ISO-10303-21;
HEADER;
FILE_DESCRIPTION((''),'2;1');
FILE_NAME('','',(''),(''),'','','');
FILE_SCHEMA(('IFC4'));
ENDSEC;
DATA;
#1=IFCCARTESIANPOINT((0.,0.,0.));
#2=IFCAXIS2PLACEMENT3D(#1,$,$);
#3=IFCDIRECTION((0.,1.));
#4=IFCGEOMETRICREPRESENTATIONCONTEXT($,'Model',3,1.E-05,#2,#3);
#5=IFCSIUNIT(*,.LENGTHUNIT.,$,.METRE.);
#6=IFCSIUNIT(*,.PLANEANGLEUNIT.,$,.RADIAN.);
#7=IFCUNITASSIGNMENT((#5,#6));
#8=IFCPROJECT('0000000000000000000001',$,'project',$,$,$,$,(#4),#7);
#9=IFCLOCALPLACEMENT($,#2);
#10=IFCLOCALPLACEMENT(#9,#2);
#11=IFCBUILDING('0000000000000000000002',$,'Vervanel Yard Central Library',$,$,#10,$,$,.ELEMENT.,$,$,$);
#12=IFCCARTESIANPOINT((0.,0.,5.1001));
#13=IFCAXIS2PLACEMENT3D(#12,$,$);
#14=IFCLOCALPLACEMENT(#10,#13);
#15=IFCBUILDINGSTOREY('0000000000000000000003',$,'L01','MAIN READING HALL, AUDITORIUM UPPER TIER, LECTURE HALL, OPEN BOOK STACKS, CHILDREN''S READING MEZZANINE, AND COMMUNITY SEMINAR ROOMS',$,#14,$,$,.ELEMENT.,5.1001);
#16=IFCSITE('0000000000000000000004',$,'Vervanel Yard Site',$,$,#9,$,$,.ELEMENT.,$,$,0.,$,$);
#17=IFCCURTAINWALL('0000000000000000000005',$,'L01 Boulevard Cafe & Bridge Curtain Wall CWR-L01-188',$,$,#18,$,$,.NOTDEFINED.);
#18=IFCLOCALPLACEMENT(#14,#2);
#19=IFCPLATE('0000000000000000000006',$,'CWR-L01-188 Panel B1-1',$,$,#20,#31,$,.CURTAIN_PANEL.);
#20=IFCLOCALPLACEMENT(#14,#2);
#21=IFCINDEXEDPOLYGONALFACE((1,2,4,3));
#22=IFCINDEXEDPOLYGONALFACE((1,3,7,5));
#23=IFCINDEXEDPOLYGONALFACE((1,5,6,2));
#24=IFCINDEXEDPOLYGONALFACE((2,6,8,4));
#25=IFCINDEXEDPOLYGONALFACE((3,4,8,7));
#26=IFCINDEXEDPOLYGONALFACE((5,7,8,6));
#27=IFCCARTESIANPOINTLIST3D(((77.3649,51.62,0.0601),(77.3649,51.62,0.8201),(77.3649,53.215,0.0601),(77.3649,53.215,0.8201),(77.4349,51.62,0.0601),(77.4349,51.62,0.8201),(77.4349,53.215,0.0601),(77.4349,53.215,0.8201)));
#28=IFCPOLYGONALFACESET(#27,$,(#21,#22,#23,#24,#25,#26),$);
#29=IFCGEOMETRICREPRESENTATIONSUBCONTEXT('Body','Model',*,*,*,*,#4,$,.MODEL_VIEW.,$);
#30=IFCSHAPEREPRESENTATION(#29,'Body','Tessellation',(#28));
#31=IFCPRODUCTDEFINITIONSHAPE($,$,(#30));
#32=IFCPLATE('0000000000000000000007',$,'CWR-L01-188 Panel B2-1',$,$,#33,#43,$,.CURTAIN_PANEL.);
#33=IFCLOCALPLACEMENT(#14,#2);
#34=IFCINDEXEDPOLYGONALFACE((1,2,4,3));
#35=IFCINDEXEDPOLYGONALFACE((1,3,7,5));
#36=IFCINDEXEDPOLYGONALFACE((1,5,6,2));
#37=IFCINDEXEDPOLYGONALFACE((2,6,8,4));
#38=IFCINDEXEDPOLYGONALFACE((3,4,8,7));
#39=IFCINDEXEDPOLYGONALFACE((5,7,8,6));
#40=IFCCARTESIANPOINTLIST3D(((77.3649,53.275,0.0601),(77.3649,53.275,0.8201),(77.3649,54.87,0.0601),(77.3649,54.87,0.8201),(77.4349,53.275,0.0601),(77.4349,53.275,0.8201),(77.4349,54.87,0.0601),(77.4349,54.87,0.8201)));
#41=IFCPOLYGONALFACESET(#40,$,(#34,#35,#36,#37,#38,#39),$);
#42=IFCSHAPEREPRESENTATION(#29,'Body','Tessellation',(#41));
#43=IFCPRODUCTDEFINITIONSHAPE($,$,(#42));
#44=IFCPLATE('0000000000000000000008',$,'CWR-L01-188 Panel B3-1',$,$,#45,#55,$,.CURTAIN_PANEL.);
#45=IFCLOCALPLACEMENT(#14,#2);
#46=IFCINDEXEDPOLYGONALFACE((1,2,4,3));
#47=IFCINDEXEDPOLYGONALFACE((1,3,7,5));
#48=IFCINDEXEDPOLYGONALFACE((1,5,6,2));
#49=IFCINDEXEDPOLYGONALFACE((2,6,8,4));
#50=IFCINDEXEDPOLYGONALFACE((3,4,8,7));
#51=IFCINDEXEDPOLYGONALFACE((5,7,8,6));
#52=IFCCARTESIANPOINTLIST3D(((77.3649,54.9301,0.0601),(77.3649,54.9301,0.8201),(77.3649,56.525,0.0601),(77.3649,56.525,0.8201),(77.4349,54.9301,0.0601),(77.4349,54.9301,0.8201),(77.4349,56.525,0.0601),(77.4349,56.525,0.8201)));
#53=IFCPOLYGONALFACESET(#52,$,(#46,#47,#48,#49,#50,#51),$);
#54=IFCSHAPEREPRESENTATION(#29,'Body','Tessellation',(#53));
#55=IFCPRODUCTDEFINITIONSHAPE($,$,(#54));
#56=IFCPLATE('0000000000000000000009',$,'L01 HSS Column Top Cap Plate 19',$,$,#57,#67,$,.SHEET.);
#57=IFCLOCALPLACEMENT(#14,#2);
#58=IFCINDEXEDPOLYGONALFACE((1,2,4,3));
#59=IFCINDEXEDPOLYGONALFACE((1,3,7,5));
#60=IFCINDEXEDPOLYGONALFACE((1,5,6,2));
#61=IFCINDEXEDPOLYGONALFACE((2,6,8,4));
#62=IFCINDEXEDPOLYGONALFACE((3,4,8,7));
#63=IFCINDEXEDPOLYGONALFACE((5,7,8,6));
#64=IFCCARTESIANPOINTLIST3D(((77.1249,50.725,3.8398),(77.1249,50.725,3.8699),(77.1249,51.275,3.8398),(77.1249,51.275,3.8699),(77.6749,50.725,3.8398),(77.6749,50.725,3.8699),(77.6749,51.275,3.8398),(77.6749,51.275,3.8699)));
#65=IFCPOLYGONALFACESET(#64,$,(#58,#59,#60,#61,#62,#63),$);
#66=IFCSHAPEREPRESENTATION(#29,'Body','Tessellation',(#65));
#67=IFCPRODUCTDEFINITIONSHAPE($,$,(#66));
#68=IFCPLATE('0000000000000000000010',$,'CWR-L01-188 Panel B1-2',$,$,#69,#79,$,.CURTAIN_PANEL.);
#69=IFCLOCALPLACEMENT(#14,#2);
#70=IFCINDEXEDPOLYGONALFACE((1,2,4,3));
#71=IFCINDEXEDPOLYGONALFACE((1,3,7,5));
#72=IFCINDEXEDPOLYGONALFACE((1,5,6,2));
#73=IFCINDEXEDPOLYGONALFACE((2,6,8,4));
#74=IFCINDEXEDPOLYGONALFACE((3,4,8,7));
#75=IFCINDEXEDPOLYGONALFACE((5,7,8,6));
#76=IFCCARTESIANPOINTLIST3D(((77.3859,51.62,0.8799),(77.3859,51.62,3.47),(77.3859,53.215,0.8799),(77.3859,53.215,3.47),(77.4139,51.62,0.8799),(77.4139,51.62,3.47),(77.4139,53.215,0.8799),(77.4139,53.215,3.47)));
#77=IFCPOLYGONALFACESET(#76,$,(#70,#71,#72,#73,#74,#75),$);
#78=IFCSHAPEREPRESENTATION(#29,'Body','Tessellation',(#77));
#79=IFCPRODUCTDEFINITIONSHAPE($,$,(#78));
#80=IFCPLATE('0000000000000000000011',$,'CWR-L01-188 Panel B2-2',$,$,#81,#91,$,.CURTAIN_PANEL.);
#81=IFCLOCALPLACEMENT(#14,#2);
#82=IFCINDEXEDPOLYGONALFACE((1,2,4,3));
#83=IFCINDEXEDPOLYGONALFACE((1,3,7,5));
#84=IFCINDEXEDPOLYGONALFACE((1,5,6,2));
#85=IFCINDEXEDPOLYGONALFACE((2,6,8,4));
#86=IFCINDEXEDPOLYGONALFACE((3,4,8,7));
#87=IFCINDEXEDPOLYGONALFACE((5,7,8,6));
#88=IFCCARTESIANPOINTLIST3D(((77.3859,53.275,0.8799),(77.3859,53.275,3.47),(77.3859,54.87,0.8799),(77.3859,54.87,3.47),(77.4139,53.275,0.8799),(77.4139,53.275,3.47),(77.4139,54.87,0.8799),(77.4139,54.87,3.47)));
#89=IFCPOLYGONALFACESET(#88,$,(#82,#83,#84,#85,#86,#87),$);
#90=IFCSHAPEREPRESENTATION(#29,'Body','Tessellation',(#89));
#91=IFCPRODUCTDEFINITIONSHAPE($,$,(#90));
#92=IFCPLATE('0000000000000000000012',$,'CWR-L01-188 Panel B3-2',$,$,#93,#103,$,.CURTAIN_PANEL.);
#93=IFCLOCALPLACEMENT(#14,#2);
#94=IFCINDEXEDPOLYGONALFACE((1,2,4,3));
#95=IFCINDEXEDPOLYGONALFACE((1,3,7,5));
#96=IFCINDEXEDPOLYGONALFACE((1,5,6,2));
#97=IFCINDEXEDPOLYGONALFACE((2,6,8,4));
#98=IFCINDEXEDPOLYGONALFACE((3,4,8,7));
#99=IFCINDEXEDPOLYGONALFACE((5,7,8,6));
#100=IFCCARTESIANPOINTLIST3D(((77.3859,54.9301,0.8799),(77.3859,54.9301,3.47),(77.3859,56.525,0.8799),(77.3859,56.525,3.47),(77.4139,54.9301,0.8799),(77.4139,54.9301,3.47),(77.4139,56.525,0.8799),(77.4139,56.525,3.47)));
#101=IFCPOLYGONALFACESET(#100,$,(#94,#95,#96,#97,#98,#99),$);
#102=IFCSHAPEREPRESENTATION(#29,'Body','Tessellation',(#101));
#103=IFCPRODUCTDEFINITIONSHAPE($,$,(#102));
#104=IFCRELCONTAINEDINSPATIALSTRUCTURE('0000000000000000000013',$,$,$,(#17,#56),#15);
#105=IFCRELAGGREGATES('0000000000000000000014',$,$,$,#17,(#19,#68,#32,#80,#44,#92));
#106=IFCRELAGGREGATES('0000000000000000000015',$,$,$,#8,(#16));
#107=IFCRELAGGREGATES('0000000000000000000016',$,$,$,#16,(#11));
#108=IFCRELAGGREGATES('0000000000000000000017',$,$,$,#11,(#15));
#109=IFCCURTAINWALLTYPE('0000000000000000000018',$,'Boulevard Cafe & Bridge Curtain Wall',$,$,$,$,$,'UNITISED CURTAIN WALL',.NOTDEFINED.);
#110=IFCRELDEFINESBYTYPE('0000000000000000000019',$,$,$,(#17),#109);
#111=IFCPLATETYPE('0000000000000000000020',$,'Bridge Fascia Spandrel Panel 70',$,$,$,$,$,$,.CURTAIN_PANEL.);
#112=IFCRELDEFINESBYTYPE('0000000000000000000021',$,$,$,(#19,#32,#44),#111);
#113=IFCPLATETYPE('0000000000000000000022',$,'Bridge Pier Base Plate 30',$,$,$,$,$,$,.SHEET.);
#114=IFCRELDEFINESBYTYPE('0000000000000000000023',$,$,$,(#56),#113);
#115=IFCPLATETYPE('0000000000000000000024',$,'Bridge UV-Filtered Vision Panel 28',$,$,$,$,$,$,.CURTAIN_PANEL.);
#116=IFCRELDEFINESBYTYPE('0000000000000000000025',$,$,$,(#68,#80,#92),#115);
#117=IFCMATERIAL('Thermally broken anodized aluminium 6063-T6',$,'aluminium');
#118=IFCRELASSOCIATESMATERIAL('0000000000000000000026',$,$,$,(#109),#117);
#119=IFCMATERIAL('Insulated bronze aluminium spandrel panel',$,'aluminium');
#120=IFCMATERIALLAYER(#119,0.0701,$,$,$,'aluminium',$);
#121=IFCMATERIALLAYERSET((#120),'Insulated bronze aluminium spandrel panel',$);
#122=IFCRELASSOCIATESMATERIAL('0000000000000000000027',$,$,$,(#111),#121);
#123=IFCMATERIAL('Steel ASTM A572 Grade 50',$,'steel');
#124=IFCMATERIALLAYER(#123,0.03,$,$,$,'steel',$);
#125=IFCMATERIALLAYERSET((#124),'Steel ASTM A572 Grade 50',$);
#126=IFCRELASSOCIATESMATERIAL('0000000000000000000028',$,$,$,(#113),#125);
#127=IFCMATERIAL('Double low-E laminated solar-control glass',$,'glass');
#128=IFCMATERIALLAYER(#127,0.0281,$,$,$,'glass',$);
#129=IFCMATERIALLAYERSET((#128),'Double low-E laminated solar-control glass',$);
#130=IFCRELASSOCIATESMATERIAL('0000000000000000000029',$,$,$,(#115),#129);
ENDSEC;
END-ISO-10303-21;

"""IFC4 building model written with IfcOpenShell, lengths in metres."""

from ifc_helpers import new_model, si_unit, direction, frame, origin, origin_2d, place, context, subcontext, project, spatial, rectangle, extrude, material, layer, layer_set, type_object, element, aggregate, save


model = new_model("IFC4")

# Units and contexts
model_context = context("Model", 3, precision=1e-05, world=origin(), true_north=direction((0.0, 1.0)))
body_context = subcontext(model_context, "Body", "Model", "MODEL_VIEW")
ifc_project = project(units=[si_unit("LENGTHUNIT", "METRE"), si_unit("PLANEANGLEUNIT", "RADIAN")], contexts=[model_context])

# Site, building, storey
site_placement = place(None, origin())
site = spatial("IfcSite", under=ifc_project, at=site_placement, Name="Vervanel Yard Site", CompositionType="ELEMENT", RefElevation=0.0)
building_placement = place(site_placement, origin())
building = spatial("IfcBuilding", under=site, at=building_placement, Name="Vervanel Yard Central Library", CompositionType="ELEMENT")
storey_placement = place(building_placement, frame((0.0, 0.0, 5.1001)))
storey = spatial("IfcBuildingStorey", under=building, at=storey_placement, Name="L01", Description="MAIN READING HALL, AUDITORIUM UPPER TIER, LECTURE HALL, OPEN BOOK STACKS, CHILDREN'S READING MEZZANINE, AND COMMUNITY SEMINAR ROOMS", CompositionType="ELEMENT", Elevation=5.1001)

# Shared definitions
ifc_material_1 = material(Name="Thermally broken anodized aluminium 6063-T6", Category="aluminium")
curtain_wall_type = type_object("IfcCurtainWallType", Name="Boulevard Cafe & Bridge Curtain Wall", ElementType="UNITISED CURTAIN WALL", PredefinedType="NOTDEFINED", material=ifc_material_1)

# Curtain wall, plates
curtain_wall_1_placement = place(storey_placement, origin())
curtain_wall_1 = element("IfcCurtainWall", 1, at=curtain_wall_1_placement, inside=storey, type_object=curtain_wall_type, Name="L01 Boulevard Cafe & Bridge Curtain Wall CWR-L01-188", PredefinedType="NOTDEFINED")
ifc_material_2 = material(Name="Insulated bronze aluminium spandrel panel", Category="aluminium")
ifc_layer_1 = layer(ifc_material_2, 0.0701, Category="aluminium")
ifc_layer_set_1 = layer_set([ifc_layer_1], Name="Insulated bronze aluminium spandrel panel")
plate_type_1 = type_object("IfcPlateType", Name="Bridge Fascia Spandrel Panel 70", PredefinedType="CURTAIN_PANEL", material=ifc_layer_set_1)
plate_1_placement = place(storey_placement, frame((77.3999, 52.4175, 0.0601), z_axis=(0.0, 0.0, 1.0), x_axis=(0.0, 1.0, 0.0)))
plate_1 = element("IfcPlate", 2, at=plate_1_placement, type_object=plate_type_1, Name="CWR-L01-188 Panel B1-1", PredefinedType="CURTAIN_PANEL", context=body_context, shape_type="SweptSolid", body=[
    extrude(rectangle(XDim=1.595, YDim=0.0701, at=origin_2d()), origin(), (0.0, 0.0, 1.0), 0.76),
])
plate_2_placement = place(storey_placement, frame((77.3999, 54.0725, 0.0601), z_axis=(0.0, 0.0, 1.0), x_axis=(0.0, 1.0, 0.0)))
plate_2 = element("IfcPlate", 3, at=plate_2_placement, type_object=plate_type_1, Name="CWR-L01-188 Panel B2-1", PredefinedType="CURTAIN_PANEL", context=body_context, shape_type="SweptSolid", body=[
    extrude(rectangle(XDim=1.595, YDim=0.0701, at=origin_2d()), origin(), (0.0, 0.0, 1.0), 0.76),
])
plate_3_placement = place(storey_placement, frame((77.3999, 55.7275, 0.0601), z_axis=(0.0, 0.0, 1.0), x_axis=(0.0, 1.0, 0.0)))
plate_3 = element("IfcPlate", 4, at=plate_3_placement, type_object=plate_type_1, Name="CWR-L01-188 Panel B3-1", PredefinedType="CURTAIN_PANEL", context=body_context, shape_type="SweptSolid", body=[
    extrude(rectangle(XDim=1.595, YDim=0.0701, at=origin_2d()), origin(), (0.0, 0.0, 1.0), 0.76),
])

# Plates
ifc_material_3 = material(Name="Steel ASTM A572 Grade 50", Category="steel")
ifc_layer_2 = layer(ifc_material_3, 0.03, Category="steel")
ifc_layer_set_2 = layer_set([ifc_layer_2], Name="Steel ASTM A572 Grade 50")
plate_type_2 = type_object("IfcPlateType", Name="Bridge Pier Base Plate 30", PredefinedType="SHEET", material=ifc_layer_set_2)
plate_4_placement = place(storey_placement, frame((77.3999, 51.0, 3.8398), z_axis=(0.0, 0.0, 1.0), x_axis=(1.0, 0.0, 0.0)))
element("IfcPlate", 5, at=plate_4_placement, inside=storey, type_object=plate_type_2, Name="L01 HSS Column Top Cap Plate 19", PredefinedType="SHEET", context=body_context, shape_type="SweptSolid", body=[
    extrude(rectangle(XDim=0.55, YDim=0.55, at=origin_2d()), origin(), (0.0, 0.0, 1.0), 0.03),
])
ifc_material_4 = material(Name="Double low-E laminated solar-control glass", Category="glass")
ifc_layer_3 = layer(ifc_material_4, 0.0281, Category="glass")
ifc_layer_set_3 = layer_set([ifc_layer_3], Name="Double low-E laminated solar-control glass")
plate_type_3 = type_object("IfcPlateType", Name="Bridge UV-Filtered Vision Panel 28", PredefinedType="CURTAIN_PANEL", material=ifc_layer_set_3)
plate_5_placement = place(storey_placement, frame((77.3999, 52.4175, 0.8799), z_axis=(0.0, 0.0, 1.0), x_axis=(0.0, 1.0, 0.0)))
plate_5 = element("IfcPlate", 6, at=plate_5_placement, type_object=plate_type_3, Name="CWR-L01-188 Panel B1-2", PredefinedType="CURTAIN_PANEL", context=body_context, shape_type="SweptSolid", body=[
    extrude(rectangle(XDim=1.595, YDim=0.0281, at=origin_2d()), origin(), (0.0, 0.0, 1.0), 2.5901),
])
plate_6_placement = place(storey_placement, frame((77.3999, 54.0725, 0.8799), z_axis=(0.0, 0.0, 1.0), x_axis=(0.0, 1.0, 0.0)))
plate_6 = element("IfcPlate", 7, at=plate_6_placement, type_object=plate_type_3, Name="CWR-L01-188 Panel B2-2", PredefinedType="CURTAIN_PANEL", context=body_context, shape_type="SweptSolid", body=[
    extrude(rectangle(XDim=1.595, YDim=0.0281, at=origin_2d()), origin(), (0.0, 0.0, 1.0), 2.5901),
])
plate_7_placement = place(storey_placement, frame((77.3999, 55.7275, 0.8799), z_axis=(0.0, 0.0, 1.0), x_axis=(0.0, 1.0, 0.0)))
plate_7 = element("IfcPlate", 8, at=plate_7_placement, type_object=plate_type_3, Name="CWR-L01-188 Panel B3-2", PredefinedType="CURTAIN_PANEL", context=body_context, shape_type="SweptSolid", body=[
    extrude(rectangle(XDim=1.595, YDim=0.0281, at=origin_2d()), origin(), (0.0, 0.0, 1.0), 2.5901),
])
aggregate(curtain_wall_1, [plate_1, plate_5, plate_2, plate_6, plate_3, plate_7])

save(model, "model.ifc")
